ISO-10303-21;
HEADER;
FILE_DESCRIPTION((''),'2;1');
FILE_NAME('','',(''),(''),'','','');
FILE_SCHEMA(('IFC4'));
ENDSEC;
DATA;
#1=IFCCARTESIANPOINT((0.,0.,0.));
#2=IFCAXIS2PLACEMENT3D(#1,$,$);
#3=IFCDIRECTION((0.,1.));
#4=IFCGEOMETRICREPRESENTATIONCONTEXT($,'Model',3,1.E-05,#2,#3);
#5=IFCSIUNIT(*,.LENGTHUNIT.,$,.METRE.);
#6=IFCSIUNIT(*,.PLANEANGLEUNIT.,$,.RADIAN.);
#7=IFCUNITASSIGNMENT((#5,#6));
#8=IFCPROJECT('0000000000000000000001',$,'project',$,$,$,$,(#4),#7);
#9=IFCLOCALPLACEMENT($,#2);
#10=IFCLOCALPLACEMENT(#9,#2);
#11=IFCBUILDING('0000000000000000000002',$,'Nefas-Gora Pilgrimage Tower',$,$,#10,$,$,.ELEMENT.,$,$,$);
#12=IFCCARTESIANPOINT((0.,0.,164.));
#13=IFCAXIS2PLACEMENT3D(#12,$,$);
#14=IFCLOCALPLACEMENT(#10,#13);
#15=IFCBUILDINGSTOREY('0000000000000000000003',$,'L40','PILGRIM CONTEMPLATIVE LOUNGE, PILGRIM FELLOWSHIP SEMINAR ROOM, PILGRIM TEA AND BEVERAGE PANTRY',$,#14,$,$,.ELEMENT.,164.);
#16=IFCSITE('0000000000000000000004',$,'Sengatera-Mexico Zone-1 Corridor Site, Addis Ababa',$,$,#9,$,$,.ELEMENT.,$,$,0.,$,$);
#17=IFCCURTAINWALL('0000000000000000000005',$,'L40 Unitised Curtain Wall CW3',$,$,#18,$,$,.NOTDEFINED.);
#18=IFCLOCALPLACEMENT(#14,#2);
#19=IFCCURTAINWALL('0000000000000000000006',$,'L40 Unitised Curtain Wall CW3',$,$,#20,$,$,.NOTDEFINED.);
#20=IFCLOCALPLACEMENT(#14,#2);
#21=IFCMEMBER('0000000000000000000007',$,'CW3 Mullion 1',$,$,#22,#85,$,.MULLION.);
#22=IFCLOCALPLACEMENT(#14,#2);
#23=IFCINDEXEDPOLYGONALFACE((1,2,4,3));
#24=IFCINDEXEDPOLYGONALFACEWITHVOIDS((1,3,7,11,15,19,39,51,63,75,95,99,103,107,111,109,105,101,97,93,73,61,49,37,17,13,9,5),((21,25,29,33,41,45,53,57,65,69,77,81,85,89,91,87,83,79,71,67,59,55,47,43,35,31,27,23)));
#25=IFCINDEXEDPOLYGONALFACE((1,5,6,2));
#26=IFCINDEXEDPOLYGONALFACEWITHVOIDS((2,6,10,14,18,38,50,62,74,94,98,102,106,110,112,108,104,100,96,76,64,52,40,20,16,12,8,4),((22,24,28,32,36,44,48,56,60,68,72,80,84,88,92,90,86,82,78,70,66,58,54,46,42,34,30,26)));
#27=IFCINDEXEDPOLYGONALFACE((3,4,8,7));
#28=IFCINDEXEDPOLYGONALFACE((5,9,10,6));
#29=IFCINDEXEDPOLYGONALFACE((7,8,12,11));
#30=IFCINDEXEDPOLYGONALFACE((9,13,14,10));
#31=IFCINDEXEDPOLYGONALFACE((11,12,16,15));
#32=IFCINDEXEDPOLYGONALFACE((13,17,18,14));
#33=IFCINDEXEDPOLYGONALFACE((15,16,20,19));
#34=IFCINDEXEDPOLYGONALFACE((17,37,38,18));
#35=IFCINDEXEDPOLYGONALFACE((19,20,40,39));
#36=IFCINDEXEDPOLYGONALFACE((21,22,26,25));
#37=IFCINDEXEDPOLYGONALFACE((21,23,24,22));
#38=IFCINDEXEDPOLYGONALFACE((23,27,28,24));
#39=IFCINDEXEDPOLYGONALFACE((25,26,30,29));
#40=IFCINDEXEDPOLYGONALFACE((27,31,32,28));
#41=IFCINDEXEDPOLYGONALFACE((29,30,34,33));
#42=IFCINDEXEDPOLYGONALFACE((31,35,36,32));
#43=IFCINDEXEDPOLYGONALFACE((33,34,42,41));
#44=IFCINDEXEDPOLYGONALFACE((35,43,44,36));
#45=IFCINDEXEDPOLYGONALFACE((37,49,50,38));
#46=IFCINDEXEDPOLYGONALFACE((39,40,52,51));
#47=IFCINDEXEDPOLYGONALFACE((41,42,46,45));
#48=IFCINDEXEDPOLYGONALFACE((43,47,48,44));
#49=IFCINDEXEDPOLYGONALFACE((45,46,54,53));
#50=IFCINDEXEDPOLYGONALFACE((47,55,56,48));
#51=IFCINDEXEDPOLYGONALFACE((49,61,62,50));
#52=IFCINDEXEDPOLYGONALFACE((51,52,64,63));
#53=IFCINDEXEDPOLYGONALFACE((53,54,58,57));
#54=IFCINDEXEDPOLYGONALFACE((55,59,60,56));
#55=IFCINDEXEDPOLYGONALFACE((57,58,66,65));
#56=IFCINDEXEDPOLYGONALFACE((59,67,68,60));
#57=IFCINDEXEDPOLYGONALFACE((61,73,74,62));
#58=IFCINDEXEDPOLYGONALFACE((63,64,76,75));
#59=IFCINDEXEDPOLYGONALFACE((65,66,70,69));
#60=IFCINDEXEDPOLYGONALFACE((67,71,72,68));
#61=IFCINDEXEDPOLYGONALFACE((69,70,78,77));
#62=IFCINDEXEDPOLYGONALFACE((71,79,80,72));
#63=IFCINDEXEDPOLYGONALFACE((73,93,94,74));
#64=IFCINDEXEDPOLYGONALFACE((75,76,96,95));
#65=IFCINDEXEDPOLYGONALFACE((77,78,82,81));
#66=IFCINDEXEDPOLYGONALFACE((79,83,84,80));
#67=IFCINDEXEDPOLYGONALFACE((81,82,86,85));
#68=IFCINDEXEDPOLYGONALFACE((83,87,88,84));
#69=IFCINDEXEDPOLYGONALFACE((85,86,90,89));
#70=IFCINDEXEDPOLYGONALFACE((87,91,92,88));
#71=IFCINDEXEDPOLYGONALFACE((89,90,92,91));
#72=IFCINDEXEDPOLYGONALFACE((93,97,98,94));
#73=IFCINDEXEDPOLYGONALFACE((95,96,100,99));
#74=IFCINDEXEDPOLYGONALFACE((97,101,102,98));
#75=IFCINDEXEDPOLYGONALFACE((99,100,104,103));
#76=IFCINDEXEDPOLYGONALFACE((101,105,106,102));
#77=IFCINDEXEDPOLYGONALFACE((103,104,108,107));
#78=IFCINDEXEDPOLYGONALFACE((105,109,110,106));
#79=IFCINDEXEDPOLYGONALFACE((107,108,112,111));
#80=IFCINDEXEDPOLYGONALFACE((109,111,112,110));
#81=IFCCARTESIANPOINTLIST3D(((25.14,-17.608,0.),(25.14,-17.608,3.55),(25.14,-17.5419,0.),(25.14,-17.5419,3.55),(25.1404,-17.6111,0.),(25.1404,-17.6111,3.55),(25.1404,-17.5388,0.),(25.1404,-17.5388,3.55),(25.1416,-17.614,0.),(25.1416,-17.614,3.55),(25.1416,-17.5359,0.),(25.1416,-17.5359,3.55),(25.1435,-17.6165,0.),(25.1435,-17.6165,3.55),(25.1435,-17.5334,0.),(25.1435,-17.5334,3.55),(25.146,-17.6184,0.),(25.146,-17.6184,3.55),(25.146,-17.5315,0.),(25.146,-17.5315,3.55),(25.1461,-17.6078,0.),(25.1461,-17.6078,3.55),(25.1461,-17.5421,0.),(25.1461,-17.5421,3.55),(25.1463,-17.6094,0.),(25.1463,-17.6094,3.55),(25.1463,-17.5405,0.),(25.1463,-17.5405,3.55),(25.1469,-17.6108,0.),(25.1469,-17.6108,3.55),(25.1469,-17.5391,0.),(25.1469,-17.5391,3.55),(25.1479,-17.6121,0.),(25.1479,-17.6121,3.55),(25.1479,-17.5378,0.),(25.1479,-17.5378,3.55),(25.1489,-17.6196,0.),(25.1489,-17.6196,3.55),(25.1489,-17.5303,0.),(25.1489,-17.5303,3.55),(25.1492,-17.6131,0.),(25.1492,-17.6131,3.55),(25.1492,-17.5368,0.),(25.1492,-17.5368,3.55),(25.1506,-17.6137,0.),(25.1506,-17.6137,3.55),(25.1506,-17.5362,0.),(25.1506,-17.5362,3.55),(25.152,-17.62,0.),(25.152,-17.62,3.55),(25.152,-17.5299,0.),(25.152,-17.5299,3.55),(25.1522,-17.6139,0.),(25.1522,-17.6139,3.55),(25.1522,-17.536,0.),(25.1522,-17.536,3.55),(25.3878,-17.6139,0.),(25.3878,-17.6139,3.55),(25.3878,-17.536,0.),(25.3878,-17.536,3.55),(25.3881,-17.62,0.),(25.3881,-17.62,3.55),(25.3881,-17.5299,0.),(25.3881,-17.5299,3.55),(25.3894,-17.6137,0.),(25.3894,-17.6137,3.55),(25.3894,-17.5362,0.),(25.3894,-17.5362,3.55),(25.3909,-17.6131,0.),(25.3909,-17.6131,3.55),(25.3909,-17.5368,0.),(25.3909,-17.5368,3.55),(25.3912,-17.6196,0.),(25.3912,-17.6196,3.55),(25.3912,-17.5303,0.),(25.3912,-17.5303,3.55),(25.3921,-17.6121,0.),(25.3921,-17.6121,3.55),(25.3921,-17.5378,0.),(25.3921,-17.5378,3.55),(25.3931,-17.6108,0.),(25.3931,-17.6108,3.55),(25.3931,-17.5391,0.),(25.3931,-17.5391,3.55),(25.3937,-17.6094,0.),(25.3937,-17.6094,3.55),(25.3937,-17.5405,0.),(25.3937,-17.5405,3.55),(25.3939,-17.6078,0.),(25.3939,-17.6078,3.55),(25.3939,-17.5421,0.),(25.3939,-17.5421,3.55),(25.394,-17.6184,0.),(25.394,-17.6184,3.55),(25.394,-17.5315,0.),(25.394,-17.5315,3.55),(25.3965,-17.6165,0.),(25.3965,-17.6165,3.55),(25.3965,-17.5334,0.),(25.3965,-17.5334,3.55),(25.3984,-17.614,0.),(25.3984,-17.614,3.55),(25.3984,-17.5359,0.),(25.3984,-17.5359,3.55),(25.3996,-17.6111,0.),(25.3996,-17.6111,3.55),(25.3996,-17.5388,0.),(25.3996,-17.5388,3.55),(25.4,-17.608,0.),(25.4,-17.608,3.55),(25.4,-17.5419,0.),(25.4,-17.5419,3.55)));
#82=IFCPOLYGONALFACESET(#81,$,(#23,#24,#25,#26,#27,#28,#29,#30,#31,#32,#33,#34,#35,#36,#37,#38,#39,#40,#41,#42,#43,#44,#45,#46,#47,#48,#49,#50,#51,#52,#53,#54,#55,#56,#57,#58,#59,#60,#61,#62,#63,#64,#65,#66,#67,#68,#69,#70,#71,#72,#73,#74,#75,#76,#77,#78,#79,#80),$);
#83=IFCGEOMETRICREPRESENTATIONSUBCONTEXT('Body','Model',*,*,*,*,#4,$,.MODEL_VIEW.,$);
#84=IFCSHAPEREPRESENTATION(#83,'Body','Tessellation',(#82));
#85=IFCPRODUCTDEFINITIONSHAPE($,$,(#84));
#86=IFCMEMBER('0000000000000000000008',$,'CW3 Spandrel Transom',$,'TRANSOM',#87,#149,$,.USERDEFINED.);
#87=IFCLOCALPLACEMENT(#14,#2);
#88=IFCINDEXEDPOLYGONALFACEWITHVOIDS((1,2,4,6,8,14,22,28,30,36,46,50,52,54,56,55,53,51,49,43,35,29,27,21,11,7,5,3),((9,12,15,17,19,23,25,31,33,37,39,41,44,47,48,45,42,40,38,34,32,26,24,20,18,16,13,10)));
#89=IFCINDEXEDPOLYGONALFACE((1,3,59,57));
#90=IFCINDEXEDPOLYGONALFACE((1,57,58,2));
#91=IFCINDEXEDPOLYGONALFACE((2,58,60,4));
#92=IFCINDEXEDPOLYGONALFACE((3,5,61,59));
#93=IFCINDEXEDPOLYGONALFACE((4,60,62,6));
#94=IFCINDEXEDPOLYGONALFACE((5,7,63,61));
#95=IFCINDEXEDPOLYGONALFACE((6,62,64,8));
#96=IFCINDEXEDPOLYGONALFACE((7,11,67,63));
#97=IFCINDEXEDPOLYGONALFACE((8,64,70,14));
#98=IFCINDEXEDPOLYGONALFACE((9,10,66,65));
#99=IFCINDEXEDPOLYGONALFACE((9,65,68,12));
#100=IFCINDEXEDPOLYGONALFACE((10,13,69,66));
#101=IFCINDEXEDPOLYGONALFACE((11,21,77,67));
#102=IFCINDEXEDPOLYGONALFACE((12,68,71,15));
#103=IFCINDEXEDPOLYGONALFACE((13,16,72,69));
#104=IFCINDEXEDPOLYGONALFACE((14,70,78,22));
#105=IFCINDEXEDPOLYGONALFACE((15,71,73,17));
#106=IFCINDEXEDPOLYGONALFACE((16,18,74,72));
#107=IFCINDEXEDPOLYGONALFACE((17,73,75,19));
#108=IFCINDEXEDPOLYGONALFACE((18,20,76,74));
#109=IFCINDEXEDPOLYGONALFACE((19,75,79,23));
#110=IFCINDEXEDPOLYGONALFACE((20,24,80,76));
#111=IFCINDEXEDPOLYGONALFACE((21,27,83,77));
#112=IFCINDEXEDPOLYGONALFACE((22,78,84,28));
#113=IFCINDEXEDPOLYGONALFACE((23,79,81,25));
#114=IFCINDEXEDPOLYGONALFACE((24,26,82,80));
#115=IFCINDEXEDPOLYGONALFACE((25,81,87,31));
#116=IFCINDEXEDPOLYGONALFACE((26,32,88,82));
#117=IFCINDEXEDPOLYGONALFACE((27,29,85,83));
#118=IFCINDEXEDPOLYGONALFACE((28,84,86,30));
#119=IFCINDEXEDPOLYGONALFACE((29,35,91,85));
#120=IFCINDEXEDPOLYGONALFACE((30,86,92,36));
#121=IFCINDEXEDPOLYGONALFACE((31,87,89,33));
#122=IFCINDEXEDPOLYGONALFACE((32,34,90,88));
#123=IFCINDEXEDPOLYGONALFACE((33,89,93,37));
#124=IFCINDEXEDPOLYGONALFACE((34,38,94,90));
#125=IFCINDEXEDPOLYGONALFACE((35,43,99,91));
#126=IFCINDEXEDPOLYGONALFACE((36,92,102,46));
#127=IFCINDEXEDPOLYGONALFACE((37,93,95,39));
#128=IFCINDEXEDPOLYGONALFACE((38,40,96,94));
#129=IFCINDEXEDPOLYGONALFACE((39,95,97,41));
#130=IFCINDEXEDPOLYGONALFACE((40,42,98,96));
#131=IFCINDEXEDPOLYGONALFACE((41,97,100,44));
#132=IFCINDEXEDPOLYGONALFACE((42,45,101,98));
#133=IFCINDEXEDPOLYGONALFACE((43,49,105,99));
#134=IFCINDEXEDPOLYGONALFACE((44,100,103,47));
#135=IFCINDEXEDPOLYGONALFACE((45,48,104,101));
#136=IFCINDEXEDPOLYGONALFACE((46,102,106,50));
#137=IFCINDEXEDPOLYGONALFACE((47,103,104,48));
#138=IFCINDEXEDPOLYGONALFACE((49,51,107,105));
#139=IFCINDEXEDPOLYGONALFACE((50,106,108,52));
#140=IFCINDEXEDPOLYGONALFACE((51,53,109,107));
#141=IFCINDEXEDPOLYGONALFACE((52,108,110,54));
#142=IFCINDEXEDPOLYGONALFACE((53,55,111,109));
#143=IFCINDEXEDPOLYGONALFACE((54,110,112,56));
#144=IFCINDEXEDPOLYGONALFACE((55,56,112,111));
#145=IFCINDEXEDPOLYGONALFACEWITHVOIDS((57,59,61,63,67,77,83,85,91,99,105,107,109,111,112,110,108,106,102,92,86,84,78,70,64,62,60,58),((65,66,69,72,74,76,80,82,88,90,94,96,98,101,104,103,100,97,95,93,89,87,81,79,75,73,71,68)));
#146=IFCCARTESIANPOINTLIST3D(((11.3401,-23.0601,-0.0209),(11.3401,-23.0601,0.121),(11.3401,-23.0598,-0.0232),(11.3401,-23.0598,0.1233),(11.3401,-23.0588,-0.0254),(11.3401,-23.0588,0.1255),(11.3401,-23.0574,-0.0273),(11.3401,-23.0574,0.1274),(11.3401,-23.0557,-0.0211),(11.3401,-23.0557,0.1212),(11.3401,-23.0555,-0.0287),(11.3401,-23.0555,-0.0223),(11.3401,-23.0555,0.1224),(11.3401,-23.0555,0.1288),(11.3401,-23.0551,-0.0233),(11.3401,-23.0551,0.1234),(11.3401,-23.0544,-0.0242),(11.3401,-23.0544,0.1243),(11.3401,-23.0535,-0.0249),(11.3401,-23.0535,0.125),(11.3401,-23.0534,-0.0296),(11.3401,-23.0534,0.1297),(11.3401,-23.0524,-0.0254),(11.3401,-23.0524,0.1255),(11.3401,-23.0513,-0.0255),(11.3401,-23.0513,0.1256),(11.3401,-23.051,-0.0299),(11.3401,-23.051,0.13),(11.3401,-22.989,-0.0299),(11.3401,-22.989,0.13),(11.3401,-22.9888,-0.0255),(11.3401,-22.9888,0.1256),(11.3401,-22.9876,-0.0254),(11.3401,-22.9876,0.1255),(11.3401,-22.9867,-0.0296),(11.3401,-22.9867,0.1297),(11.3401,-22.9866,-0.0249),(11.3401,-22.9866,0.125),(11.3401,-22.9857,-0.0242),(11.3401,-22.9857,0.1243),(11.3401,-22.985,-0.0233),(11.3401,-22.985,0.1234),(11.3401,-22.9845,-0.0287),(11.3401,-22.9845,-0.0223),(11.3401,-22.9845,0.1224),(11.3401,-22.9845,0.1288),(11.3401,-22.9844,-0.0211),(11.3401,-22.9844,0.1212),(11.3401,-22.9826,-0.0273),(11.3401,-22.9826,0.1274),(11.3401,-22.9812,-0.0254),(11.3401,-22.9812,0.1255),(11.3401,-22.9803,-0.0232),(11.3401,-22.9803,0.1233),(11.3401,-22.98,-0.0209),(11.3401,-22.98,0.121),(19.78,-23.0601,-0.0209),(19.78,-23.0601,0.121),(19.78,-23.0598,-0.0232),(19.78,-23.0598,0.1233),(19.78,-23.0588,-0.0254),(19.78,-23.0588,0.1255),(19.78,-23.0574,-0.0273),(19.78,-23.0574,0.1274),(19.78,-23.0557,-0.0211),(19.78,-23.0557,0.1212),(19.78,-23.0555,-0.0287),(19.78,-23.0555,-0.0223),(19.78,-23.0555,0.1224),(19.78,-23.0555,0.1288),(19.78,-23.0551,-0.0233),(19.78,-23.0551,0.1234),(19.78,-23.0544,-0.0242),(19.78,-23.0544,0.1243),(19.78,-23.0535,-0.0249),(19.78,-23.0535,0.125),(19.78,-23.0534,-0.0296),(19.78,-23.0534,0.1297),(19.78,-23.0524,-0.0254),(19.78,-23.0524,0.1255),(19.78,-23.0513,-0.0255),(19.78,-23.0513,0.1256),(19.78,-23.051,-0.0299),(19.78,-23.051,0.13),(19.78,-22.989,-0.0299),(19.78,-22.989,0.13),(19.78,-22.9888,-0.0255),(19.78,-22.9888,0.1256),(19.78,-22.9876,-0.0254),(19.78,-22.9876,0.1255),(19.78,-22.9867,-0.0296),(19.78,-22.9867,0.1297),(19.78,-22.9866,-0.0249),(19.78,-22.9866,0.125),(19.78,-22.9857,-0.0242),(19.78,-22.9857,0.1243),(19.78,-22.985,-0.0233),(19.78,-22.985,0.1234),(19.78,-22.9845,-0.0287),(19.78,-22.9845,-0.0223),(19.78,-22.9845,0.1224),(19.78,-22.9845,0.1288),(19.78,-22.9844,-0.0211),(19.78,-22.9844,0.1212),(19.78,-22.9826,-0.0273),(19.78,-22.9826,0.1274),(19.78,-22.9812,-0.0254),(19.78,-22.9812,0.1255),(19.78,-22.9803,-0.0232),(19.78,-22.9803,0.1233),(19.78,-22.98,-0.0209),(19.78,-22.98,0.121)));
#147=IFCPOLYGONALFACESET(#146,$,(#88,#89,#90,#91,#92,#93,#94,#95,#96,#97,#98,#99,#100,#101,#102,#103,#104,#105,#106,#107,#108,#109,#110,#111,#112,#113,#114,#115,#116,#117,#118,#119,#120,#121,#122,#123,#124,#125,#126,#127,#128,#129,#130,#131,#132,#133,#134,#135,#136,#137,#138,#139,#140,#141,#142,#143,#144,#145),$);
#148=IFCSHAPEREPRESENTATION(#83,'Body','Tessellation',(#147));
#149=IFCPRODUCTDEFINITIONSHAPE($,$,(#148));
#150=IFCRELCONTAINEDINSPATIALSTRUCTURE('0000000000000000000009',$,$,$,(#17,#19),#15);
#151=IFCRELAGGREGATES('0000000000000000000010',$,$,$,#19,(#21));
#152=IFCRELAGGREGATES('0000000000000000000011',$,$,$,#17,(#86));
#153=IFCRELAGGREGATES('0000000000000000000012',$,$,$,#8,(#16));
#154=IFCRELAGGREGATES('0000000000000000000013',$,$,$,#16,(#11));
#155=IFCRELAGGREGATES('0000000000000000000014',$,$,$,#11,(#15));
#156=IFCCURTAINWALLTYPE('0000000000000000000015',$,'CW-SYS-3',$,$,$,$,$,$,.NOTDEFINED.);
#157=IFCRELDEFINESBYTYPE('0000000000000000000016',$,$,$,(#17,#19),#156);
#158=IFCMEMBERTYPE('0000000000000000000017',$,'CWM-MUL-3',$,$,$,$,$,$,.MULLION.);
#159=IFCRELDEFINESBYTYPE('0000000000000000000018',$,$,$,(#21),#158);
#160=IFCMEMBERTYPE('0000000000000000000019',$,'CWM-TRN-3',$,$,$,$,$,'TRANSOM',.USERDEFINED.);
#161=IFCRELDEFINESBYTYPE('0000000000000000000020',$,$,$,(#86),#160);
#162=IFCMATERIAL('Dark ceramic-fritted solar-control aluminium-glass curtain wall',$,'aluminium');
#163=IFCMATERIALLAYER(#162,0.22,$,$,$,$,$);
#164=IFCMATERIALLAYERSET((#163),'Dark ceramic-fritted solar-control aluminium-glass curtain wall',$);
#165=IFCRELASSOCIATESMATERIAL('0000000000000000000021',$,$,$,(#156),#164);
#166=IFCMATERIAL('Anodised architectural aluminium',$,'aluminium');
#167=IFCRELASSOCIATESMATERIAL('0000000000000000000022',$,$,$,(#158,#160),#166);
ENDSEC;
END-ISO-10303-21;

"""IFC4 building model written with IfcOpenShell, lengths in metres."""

from ifc_helpers import new_model, si_unit, direction, frame, origin, origin_2d, place, context, subcontext, project, spatial, hollow_rectangle, extrude, source, transform, mapped, material, layer, layer_set, material_profile, profile_set, type_object, element, aggregate, save


model = new_model("IFC4")

# Units and contexts
model_context = context("Model", 3, precision=1e-05, world=origin(), true_north=direction((0.0, 1.0)))
body_context = subcontext(model_context, "Body", "Model", "MODEL_VIEW")
ifc_project = project(units=[si_unit("LENGTHUNIT", "METRE"), si_unit("PLANEANGLEUNIT", "RADIAN")], contexts=[model_context])

# Site, building, storey
site_placement = place(None, origin())
site = spatial("IfcSite", under=ifc_project, at=site_placement, Name="Sengatera-Mexico Zone-1 Corridor Site, Addis Ababa", CompositionType="ELEMENT", RefElevation=0.0)
building_placement = place(site_placement, origin())
building = spatial("IfcBuilding", under=site, at=building_placement, Name="Nefas-Gora Pilgrimage Tower", CompositionType="ELEMENT")
storey_placement = place(building_placement, frame((0.0, 0.0, 164.0)))
storey = spatial("IfcBuildingStorey", under=building, at=storey_placement, Name="L40", Description="PILGRIM CONTEMPLATIVE LOUNGE, PILGRIM FELLOWSHIP SEMINAR ROOM, PILGRIM TEA AND BEVERAGE PANTRY", CompositionType="ELEMENT", Elevation=164.0)

# Curtain wall
ifc_material_1 = material(Name="Dark ceramic-fritted solar-control aluminium-glass curtain wall", Category="aluminium")
ifc_layer_1 = layer(ifc_material_1, 0.22)
ifc_layer_set_1 = layer_set([ifc_layer_1], Name="Dark ceramic-fritted solar-control aluminium-glass curtain wall")
curtain_wall_type = type_object("IfcCurtainWallType", Name="CW-SYS-3", PredefinedType="NOTDEFINED", material=ifc_layer_set_1)
curtain_wall_1_placement = place(storey_placement, origin())
curtain_wall_1 = element("IfcCurtainWall", 1, at=curtain_wall_1_placement, inside=storey, type_object=curtain_wall_type, Name="L40 Unitised Curtain Wall CW3", PredefinedType="NOTDEFINED")
ifc_material_2 = material(Name="Anodised architectural aluminium", Category="aluminium")
ifc_material_profile_1 = material_profile(ifc_material_2, hollow_rectangle(XDim=0.0901, YDim=0.26, WallThickness=0.0061, InnerFilletRadius=0.0061, OuterFilletRadius=0.012, at=origin_2d()), Name="ALU MULLION 90x260")
ifc_profile_set_1 = profile_set([ifc_material_profile_1], Name="Anodised architectural aluminium")
member_type_1 = type_object("IfcMemberType", Name="CWM-MUL-3", PredefinedType="MULLION", material=ifc_profile_set_1)
shared_shape_1 = source(origin(), body_context, "Body", "SweptSolid", [
    extrude(hollow_rectangle(XDim=0.0901, YDim=0.26, WallThickness=0.0061, InnerFilletRadius=0.0061, OuterFilletRadius=0.012, at=origin_2d()), origin(), (0.0, 0.0, 1.0), 3.55),
])

# Curtain wall, member
curtain_wall_2_placement = place(storey_placement, origin())
curtain_wall_2 = element("IfcCurtainWall", 2, at=curtain_wall_2_placement, inside=storey, type_object=curtain_wall_type, Name="L40 Unitised Curtain Wall CW3", PredefinedType="NOTDEFINED")
member_1_placement = place(storey_placement, frame((25.27, -17.575, 0.0), z_axis=(0.0, 0.0, 1.0), x_axis=(0.0, 1.0, 0.0)))
member_1 = element("IfcMember", 3, at=member_1_placement, type_object=member_type_1, Name="CW3 Mullion 1", PredefinedType="MULLION", context=body_context, shape_type="MappedRepresentation", body=[
    mapped(shared_shape_1, transform((0.0, 0.0, 0.0), x_axis=(1.0, 0.0, 0.0), y_axis=(0.0, 1.0, 0.0), z_axis=(0.0, 0.0, 1.0), scale=1.0)),
])

# Member
ifc_material_profile_2 = material_profile(ifc_material_2, hollow_rectangle(XDim=0.0801, YDim=0.1599, WallThickness=0.0044, InnerFilletRadius=0.0044, OuterFilletRadius=0.009, at=origin_2d()), Name="ALU TRANSOM 80x160")
ifc_profile_set_2 = profile_set([ifc_material_profile_2], Name="Anodised architectural aluminium")
member_type_2 = type_object("IfcMemberType", Name="CWM-TRN-3", ElementType="TRANSOM", PredefinedType="USERDEFINED", material=ifc_profile_set_2)
shared_shape_2 = source(origin(), body_context, "Body", "SweptSolid", [
    extrude(hollow_rectangle(XDim=0.0801, YDim=0.1599, WallThickness=0.0044, InnerFilletRadius=0.0044, OuterFilletRadius=0.009, at=origin_2d()), origin(), (0.0, 0.0, 1.0), 8.4399),
])
member_2_placement = place(storey_placement, frame((11.3401, -23.02, 0.05), z_axis=(1.0, 0.0, 0.0), x_axis=(0.0, 1.0, 0.0)))
member_2 = element("IfcMember", 4, at=member_2_placement, type_object=member_type_2, Name="CW3 Spandrel Transom", ObjectType="TRANSOM", PredefinedType="USERDEFINED", context=body_context, shape_type="MappedRepresentation", body=[
    mapped(shared_shape_2, transform((0.0, 0.0, 0.0), x_axis=(1.0, 0.0, 0.0), y_axis=(0.0, 1.0, 0.0), z_axis=(0.0, 0.0, 1.0), scale=1.0)),
])
aggregate(curtain_wall_2, [member_1])

aggregate(curtain_wall_1, [member_2])

save(model, "model.ifc")
